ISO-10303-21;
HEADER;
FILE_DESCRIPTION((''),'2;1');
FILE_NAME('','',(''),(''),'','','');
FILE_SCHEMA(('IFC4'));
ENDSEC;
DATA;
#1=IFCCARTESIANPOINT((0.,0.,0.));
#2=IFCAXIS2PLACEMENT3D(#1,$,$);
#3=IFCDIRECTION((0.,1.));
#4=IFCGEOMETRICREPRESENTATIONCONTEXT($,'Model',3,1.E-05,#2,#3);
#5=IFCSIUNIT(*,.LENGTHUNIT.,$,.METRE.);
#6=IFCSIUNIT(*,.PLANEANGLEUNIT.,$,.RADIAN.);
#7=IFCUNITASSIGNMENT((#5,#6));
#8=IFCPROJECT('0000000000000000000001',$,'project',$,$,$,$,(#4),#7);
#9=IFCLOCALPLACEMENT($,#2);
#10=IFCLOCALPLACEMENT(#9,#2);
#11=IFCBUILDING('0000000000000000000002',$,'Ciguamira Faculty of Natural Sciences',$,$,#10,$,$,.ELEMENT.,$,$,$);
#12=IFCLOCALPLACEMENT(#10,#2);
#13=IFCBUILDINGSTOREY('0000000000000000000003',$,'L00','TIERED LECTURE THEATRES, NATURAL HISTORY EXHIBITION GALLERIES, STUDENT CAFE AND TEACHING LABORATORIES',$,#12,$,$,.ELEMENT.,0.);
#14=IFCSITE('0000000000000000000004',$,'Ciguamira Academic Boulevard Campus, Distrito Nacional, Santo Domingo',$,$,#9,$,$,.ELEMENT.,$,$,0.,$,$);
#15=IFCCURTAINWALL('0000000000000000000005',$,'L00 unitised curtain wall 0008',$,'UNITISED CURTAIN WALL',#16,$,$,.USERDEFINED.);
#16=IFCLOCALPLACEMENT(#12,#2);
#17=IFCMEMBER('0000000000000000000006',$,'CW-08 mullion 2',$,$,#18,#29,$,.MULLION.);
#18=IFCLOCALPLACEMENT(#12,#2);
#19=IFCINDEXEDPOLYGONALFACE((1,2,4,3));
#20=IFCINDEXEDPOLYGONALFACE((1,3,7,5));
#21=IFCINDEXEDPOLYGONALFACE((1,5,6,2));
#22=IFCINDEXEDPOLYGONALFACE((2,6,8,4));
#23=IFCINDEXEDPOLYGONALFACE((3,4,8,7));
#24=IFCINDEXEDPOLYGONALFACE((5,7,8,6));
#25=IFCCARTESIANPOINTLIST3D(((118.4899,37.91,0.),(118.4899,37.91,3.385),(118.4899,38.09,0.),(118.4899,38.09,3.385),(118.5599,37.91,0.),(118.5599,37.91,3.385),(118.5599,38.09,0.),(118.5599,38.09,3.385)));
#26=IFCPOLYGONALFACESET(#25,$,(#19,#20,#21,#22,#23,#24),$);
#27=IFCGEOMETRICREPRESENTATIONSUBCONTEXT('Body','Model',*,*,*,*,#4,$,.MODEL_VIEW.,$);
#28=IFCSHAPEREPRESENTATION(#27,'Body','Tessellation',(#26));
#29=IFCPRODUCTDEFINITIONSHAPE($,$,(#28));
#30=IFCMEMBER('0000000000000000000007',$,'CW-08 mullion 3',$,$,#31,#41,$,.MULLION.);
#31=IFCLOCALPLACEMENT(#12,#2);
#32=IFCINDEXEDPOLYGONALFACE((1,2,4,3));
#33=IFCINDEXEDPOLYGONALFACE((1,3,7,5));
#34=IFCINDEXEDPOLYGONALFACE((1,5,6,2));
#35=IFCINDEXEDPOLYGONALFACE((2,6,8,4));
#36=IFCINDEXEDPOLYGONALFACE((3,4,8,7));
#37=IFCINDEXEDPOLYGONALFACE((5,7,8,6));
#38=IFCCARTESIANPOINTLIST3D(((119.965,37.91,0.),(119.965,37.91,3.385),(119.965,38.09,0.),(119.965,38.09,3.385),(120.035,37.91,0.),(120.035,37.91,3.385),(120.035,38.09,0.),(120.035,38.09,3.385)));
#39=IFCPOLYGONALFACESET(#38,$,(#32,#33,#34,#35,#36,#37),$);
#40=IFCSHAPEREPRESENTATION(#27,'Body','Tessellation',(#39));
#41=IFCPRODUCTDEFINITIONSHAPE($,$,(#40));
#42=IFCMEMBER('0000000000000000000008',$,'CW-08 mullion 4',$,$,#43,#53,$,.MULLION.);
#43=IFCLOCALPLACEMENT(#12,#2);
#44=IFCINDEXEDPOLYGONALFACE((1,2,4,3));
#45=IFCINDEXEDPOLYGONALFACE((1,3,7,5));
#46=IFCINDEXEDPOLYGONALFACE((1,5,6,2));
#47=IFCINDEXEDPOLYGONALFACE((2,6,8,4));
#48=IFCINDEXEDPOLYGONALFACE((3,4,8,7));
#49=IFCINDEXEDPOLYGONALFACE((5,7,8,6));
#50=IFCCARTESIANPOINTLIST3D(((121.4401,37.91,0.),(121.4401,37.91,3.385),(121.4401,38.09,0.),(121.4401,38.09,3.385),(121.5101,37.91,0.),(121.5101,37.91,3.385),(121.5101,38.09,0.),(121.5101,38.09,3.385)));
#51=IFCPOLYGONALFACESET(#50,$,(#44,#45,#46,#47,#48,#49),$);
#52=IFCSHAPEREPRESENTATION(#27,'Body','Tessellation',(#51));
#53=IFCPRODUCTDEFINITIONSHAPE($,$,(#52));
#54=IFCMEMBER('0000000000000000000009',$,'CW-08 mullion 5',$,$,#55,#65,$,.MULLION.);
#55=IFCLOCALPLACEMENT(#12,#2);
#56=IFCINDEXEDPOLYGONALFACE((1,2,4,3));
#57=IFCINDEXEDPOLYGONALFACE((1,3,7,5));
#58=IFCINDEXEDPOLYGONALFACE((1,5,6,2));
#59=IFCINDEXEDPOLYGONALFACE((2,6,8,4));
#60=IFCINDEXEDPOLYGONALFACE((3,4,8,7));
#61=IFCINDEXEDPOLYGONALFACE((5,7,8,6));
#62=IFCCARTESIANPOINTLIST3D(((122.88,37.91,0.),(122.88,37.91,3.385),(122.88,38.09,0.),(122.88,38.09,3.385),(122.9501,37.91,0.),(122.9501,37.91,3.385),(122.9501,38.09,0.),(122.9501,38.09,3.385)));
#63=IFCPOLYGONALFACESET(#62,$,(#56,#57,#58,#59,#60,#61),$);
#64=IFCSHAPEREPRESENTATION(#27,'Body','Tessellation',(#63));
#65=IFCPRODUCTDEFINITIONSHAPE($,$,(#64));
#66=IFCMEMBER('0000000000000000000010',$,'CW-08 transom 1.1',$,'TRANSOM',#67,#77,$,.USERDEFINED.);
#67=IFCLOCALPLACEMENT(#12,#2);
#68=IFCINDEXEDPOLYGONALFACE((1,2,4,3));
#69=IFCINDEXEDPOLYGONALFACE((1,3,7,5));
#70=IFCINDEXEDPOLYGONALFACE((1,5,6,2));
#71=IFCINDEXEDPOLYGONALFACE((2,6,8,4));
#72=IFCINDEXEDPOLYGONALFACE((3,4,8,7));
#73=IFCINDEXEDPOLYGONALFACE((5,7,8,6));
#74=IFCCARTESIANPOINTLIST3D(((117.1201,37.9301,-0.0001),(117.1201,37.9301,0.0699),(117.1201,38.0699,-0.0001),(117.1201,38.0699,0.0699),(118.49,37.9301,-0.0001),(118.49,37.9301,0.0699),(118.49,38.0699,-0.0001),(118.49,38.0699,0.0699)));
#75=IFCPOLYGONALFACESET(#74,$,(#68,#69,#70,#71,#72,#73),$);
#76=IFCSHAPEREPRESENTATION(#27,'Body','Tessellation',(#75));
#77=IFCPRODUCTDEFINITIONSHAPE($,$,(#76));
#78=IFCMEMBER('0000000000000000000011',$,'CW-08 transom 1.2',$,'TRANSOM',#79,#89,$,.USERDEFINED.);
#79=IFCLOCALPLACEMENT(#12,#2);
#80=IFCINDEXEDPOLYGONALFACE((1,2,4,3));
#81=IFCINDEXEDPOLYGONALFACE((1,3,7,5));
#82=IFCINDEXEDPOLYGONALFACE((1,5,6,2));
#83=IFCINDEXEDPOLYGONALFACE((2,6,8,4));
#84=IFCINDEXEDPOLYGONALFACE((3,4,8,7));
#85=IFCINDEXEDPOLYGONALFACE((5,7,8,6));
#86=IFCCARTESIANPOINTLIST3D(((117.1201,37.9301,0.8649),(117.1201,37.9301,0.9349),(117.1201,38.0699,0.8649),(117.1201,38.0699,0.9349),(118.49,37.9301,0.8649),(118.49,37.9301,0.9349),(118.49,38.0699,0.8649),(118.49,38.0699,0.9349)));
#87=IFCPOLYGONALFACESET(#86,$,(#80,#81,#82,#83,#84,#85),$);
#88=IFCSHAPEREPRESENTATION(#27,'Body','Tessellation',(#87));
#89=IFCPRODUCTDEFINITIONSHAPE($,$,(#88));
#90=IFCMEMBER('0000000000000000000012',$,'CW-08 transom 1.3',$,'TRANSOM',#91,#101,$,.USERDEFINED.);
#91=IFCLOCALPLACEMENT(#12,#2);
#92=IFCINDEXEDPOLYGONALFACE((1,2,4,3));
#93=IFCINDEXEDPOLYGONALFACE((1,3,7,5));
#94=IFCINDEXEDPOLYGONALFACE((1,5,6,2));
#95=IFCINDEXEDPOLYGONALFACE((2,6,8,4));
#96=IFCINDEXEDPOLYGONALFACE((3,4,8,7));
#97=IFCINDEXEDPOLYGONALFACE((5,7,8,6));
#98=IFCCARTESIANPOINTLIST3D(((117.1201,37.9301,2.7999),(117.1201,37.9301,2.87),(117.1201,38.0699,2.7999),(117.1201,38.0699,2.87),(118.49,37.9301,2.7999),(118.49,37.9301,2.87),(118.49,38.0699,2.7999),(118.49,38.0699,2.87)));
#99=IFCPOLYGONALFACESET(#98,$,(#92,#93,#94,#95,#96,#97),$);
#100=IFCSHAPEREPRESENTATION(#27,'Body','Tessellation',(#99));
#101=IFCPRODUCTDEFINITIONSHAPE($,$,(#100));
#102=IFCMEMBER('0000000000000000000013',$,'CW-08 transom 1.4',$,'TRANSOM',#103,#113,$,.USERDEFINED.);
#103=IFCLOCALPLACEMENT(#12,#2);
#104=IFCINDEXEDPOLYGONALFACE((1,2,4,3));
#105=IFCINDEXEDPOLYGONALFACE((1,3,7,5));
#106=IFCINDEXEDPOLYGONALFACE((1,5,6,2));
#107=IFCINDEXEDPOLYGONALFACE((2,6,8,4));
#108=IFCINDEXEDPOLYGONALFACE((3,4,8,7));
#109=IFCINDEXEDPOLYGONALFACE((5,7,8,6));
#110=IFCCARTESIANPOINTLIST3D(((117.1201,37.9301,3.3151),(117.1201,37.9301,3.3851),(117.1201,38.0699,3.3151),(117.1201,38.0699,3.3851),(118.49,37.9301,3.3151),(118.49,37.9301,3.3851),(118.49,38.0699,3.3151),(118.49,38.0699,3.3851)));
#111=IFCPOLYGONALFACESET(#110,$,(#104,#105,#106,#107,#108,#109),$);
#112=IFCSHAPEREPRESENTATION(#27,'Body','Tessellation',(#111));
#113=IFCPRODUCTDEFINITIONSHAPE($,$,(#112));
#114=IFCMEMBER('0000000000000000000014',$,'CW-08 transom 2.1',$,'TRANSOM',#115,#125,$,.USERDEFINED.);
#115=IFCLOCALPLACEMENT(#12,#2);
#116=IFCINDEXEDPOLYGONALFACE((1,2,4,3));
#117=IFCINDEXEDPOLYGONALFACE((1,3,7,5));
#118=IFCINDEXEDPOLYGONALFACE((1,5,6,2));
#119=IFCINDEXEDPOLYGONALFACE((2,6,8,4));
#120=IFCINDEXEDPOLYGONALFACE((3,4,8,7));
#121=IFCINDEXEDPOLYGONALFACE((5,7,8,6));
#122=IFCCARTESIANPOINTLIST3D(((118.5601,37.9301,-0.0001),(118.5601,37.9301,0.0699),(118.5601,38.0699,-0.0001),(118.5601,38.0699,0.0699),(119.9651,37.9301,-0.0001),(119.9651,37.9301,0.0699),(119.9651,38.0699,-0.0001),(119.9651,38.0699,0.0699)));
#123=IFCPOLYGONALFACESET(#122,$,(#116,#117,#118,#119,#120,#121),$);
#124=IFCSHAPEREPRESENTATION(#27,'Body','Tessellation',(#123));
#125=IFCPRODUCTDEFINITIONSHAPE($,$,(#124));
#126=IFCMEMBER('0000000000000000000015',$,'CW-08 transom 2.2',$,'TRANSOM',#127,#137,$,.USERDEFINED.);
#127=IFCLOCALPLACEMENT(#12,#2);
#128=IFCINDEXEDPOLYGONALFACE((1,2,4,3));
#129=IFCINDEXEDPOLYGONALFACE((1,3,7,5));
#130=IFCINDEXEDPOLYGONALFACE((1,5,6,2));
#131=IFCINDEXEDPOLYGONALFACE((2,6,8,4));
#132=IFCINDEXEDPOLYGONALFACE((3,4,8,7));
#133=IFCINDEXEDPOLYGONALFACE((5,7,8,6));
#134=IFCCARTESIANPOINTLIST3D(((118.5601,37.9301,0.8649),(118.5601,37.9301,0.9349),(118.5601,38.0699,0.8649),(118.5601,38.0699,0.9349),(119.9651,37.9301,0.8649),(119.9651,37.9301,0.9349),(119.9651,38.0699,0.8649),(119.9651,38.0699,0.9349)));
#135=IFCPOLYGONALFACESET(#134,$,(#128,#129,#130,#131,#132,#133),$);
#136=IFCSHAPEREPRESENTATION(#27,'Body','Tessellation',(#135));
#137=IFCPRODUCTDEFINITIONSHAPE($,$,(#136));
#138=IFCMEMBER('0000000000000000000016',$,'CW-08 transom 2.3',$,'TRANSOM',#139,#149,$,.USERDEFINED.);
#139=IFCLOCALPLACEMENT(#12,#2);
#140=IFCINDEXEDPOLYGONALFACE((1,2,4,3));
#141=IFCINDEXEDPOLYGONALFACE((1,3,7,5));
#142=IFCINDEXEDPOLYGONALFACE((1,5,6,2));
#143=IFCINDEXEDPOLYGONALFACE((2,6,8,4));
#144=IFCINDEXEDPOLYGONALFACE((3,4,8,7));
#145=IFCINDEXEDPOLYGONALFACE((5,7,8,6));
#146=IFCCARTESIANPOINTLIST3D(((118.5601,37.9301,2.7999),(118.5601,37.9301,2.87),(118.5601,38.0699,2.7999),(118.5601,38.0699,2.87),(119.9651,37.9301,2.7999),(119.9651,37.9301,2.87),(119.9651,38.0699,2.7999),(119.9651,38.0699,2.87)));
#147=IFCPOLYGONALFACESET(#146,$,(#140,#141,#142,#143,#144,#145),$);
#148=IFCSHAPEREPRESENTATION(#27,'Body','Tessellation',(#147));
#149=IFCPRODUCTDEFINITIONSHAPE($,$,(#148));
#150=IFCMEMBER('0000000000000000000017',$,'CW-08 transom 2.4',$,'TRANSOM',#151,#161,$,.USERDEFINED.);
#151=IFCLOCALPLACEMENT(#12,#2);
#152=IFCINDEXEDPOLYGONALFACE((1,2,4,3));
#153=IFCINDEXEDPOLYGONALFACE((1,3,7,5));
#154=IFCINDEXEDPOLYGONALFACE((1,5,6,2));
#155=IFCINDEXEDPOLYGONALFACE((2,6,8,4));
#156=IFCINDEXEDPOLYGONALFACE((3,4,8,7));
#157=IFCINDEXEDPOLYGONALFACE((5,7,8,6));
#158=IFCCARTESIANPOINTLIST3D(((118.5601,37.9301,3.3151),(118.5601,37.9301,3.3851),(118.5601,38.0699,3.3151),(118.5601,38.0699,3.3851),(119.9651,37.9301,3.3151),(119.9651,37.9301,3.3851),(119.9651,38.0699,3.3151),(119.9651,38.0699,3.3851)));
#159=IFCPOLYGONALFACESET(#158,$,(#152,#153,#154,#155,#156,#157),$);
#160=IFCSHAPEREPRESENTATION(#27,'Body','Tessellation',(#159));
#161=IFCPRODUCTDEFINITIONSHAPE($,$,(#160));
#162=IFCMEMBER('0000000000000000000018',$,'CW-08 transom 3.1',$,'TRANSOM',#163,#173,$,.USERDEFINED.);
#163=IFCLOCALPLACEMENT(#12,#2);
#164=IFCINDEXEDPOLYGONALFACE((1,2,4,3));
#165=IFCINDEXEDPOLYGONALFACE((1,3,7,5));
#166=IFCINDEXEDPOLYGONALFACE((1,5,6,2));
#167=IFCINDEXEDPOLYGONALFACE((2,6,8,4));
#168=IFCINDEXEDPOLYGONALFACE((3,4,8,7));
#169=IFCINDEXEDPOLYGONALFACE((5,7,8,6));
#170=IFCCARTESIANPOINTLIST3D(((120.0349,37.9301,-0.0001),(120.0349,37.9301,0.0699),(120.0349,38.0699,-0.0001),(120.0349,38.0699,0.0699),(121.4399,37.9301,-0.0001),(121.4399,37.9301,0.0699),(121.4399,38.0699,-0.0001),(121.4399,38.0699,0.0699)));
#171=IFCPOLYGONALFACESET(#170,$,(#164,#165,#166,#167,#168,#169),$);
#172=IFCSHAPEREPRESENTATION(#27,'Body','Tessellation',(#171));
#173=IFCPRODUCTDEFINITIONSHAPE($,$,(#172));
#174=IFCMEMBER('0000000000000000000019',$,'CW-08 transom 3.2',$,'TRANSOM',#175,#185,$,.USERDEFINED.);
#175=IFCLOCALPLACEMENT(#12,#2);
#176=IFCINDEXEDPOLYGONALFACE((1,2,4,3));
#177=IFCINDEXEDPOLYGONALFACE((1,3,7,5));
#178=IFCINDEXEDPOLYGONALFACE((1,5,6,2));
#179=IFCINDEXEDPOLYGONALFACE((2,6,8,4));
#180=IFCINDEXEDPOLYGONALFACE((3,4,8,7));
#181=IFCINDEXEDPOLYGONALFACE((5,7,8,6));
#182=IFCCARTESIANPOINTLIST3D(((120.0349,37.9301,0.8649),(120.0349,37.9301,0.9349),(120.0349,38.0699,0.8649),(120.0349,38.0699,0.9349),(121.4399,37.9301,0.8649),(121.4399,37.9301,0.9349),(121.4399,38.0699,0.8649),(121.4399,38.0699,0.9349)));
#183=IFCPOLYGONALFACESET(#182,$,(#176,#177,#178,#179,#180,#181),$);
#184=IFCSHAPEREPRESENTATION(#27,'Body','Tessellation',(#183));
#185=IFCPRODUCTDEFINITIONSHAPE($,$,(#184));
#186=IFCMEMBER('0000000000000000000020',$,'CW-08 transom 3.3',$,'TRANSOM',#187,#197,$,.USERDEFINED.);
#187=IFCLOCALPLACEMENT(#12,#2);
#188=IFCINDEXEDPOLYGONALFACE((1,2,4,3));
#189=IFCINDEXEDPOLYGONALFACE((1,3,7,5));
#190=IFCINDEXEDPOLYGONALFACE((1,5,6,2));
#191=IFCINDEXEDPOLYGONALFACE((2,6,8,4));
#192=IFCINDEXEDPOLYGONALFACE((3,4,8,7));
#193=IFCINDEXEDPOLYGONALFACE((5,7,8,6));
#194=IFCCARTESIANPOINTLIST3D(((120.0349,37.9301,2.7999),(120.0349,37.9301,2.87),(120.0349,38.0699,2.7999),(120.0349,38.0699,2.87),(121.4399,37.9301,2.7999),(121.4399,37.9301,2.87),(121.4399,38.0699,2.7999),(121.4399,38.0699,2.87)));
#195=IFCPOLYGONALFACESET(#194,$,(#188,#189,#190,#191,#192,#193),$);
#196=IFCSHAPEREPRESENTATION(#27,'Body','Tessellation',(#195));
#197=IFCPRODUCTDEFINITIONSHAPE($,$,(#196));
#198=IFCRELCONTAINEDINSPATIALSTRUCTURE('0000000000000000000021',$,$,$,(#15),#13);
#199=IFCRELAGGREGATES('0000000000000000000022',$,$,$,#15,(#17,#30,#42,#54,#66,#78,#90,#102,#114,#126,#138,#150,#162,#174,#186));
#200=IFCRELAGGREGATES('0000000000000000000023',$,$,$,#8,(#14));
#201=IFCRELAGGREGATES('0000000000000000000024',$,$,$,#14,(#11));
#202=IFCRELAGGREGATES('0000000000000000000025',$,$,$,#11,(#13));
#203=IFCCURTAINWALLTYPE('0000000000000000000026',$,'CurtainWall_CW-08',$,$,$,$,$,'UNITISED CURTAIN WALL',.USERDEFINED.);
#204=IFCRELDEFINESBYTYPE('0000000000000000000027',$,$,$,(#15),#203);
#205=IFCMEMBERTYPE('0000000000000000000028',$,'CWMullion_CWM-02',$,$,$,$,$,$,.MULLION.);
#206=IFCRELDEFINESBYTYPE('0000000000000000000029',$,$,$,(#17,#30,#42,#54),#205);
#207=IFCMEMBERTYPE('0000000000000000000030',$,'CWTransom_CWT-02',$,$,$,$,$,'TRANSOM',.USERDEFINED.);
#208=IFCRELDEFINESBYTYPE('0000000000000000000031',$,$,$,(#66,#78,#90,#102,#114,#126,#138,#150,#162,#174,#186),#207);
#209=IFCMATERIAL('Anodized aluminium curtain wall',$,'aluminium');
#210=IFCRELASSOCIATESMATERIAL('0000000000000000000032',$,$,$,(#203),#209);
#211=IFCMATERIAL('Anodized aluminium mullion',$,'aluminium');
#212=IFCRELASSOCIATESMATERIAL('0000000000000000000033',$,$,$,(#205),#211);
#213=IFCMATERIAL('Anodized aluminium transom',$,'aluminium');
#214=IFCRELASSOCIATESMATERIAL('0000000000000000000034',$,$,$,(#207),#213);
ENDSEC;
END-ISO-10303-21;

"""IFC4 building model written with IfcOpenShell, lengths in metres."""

from ifc_helpers import new_model, si_unit, direction, frame, origin, origin_2d, place, context, subcontext, project, spatial, rectangle, extrude, material, material_profile, profile_set, type_object, element, aggregate, save


model = new_model("IFC4")

# Units and contexts
model_context = context("Model", 3, precision=1e-05, world=origin(), true_north=direction((0.0, 1.0)))
body_context = subcontext(model_context, "Body", "Model", "MODEL_VIEW")
ifc_project = project(units=[si_unit("LENGTHUNIT", "METRE"), si_unit("PLANEANGLEUNIT", "RADIAN")], contexts=[model_context])

# Site, building, storey
site_placement = place(None, origin())
site = spatial("IfcSite", under=ifc_project, at=site_placement, Name="Ciguamira Academic Boulevard Campus, Distrito Nacional, Santo Domingo", CompositionType="ELEMENT", RefElevation=0.0)
building_placement = place(site_placement, origin())
building = spatial("IfcBuilding", under=site, at=building_placement, Name="Ciguamira Faculty of Natural Sciences", CompositionType="ELEMENT")
storey_placement = place(building_placement, origin())
storey = spatial("IfcBuildingStorey", under=building, at=storey_placement, Name="L00", Description="TIERED LECTURE THEATRES, NATURAL HISTORY EXHIBITION GALLERIES, STUDENT CAFE AND TEACHING LABORATORIES", CompositionType="ELEMENT", Elevation=0.0)

# Curtain wall, members
ifc_material_1 = material(Name="Anodized aluminium curtain wall", Category="aluminium")
curtain_wall_type_1 = type_object("IfcCurtainWallType", Name="CurtainWall_CW-08", ElementType="UNITISED CURTAIN WALL", PredefinedType="USERDEFINED", material=ifc_material_1)
curtain_wall_1_placement = place(storey_placement, origin())
curtain_wall_1 = element("IfcCurtainWall", 1, at=curtain_wall_1_placement, inside=storey, type_object=curtain_wall_type_1, Name="L00 unitised curtain wall 0008", ObjectType="UNITISED CURTAIN WALL", PredefinedType="USERDEFINED")
ifc_material_2 = material(Name="Anodized aluminium mullion", Category="aluminium")
ifc_material_profile_1 = material_profile(ifc_material_2, rectangle(XDim=0.0701, YDim=0.1799, at=origin_2d()), Name="ALU-MUL-70X180")
ifc_profile_set_1 = profile_set([ifc_material_profile_1], Name="Anodized aluminium mullion")
member_type_1 = type_object("IfcMemberType", Name="CWMullion_CWM-02", PredefinedType="MULLION", material=ifc_profile_set_1)
member_1_placement = place(storey_placement, frame((118.5249, 38.0, 0.0), z_axis=(0.0, 0.0, 1.0), x_axis=(1.0, 0.0, 0.0)))
member_1 = element("IfcMember", 2, at=member_1_placement, type_object=member_type_1, Name="CW-08 mullion 2", PredefinedType="MULLION", context=body_context, shape_type="SweptSolid", body=[
    extrude(rectangle(XDim=0.0701, YDim=0.1799, at=origin_2d()), origin(), (0.0, 0.0, 1.0), 3.385),
])
member_2_placement = place(storey_placement, frame((120.0, 38.0, 0.0), z_axis=(0.0, 0.0, 1.0), x_axis=(1.0, 0.0, 0.0)))
member_2 = element("IfcMember", 3, at=member_2_placement, type_object=member_type_1, Name="CW-08 mullion 3", PredefinedType="MULLION", context=body_context, shape_type="SweptSolid", body=[
    extrude(rectangle(XDim=0.0701, YDim=0.1799, at=origin_2d()), origin(), (0.0, 0.0, 1.0), 3.385),
])
member_3_placement = place(storey_placement, frame((121.4751, 38.0, 0.0), z_axis=(0.0, 0.0, 1.0), x_axis=(1.0, 0.0, 0.0)))
member_3 = element("IfcMember", 4, at=member_3_placement, type_object=member_type_1, Name="CW-08 mullion 4", PredefinedType="MULLION", context=body_context, shape_type="SweptSolid", body=[
    extrude(rectangle(XDim=0.0701, YDim=0.1799, at=origin_2d()), origin(), (0.0, 0.0, 1.0), 3.385),
])
member_4_placement = place(storey_placement, frame((122.915, 38.0, 0.0), z_axis=(0.0, 0.0, 1.0), x_axis=(1.0, 0.0, 0.0)))
member_4 = element("IfcMember", 5, at=member_4_placement, type_object=member_type_1, Name="CW-08 mullion 5", PredefinedType="MULLION", context=body_context, shape_type="SweptSolid", body=[
    extrude(rectangle(XDim=0.0701, YDim=0.1799, at=origin_2d()), origin(), (0.0, 0.0, 1.0), 3.385),
])
ifc_material_3 = material(Name="Anodized aluminium transom", Category="aluminium")
ifc_material_profile_2 = material_profile(ifc_material_3, rectangle(XDim=0.0701, YDim=0.1399, at=origin_2d()), Name="ALU-TRN-70X140")
ifc_profile_set_2 = profile_set([ifc_material_profile_2], Name="Anodized aluminium transom")
member_type_2 = type_object("IfcMemberType", Name="CWTransom_CWT-02", ElementType="TRANSOM", PredefinedType="USERDEFINED", material=ifc_profile_set_2)
member_5_placement = place(storey_placement, frame((117.1201, 38.0, 0.0349), z_axis=(1.0, 0.0, 0.0), x_axis=(0.0, 0.0, 1.0)))
member_5 = element("IfcMember", 6, at=member_5_placement, type_object=member_type_2, Name="CW-08 transom 1.1", ObjectType="TRANSOM", PredefinedType="USERDEFINED", context=body_context, shape_type="SweptSolid", body=[
    extrude(rectangle(XDim=0.0701, YDim=0.1399, at=origin_2d()), origin(), (0.0, 0.0, 1.0), 1.3699),
])
member_6_placement = place(storey_placement, frame((117.1201, 38.0, 0.8999), z_axis=(1.0, 0.0, 0.0), x_axis=(0.0, 0.0, 1.0)))
member_6 = element("IfcMember", 7, at=member_6_placement, type_object=member_type_2, Name="CW-08 transom 1.2", ObjectType="TRANSOM", PredefinedType="USERDEFINED", context=body_context, shape_type="SweptSolid", body=[
    extrude(rectangle(XDim=0.0701, YDim=0.1399, at=origin_2d()), origin(), (0.0, 0.0, 1.0), 1.3699),
])
member_7_placement = place(storey_placement, frame((117.1201, 38.0, 2.835), z_axis=(1.0, 0.0, 0.0), x_axis=(0.0, 0.0, 1.0)))
member_7 = element("IfcMember", 8, at=member_7_placement, type_object=member_type_2, Name="CW-08 transom 1.3", ObjectType="TRANSOM", PredefinedType="USERDEFINED", context=body_context, shape_type="SweptSolid", body=[
    extrude(rectangle(XDim=0.0701, YDim=0.1399, at=origin_2d()), origin(), (0.0, 0.0, 1.0), 1.3699),
])
member_8_placement = place(storey_placement, frame((117.1201, 38.0, 3.3501), z_axis=(1.0, 0.0, 0.0), x_axis=(0.0, 0.0, 1.0)))
member_8 = element("IfcMember", 9, at=member_8_placement, type_object=member_type_2, Name="CW-08 transom 1.4", ObjectType="TRANSOM", PredefinedType="USERDEFINED", context=body_context, shape_type="SweptSolid", body=[
    extrude(rectangle(XDim=0.0701, YDim=0.1399, at=origin_2d()), origin(), (0.0, 0.0, 1.0), 1.3699),
])
member_9_placement = place(storey_placement, frame((118.5601, 38.0, 0.0349), z_axis=(1.0, 0.0, 0.0), x_axis=(0.0, 0.0, 1.0)))
member_9 = element("IfcMember", 10, at=member_9_placement, type_object=member_type_2, Name="CW-08 transom 2.1", ObjectType="TRANSOM", PredefinedType="USERDEFINED", context=body_context, shape_type="SweptSolid", body=[
    extrude(rectangle(XDim=0.0701, YDim=0.1399, at=origin_2d()), origin(), (0.0, 0.0, 1.0), 1.405),
])
member_10_placement = place(storey_placement, frame((118.5601, 38.0, 0.8999), z_axis=(1.0, 0.0, 0.0), x_axis=(0.0, 0.0, 1.0)))
member_10 = element("IfcMember", 11, at=member_10_placement, type_object=member_type_2, Name="CW-08 transom 2.2", ObjectType="TRANSOM", PredefinedType="USERDEFINED", context=body_context, shape_type="SweptSolid", body=[
    extrude(rectangle(XDim=0.0701, YDim=0.1399, at=origin_2d()), origin(), (0.0, 0.0, 1.0), 1.405),
])
member_11_placement = place(storey_placement, frame((118.5601, 38.0, 2.835), z_axis=(1.0, 0.0, 0.0), x_axis=(0.0, 0.0, 1.0)))
member_11 = element("IfcMember", 12, at=member_11_placement, type_object=member_type_2, Name="CW-08 transom 2.3", ObjectType="TRANSOM", PredefinedType="USERDEFINED", context=body_context, shape_type="SweptSolid", body=[
    extrude(rectangle(XDim=0.0701, YDim=0.1399, at=origin_2d()), origin(), (0.0, 0.0, 1.0), 1.405),
])
member_12_placement = place(storey_placement, frame((118.5601, 38.0, 3.3501), z_axis=(1.0, 0.0, 0.0), x_axis=(0.0, 0.0, 1.0)))
member_12 = element("IfcMember", 13, at=member_12_placement, type_object=member_type_2, Name="CW-08 transom 2.4", ObjectType="TRANSOM", PredefinedType="USERDEFINED", context=body_context, shape_type="SweptSolid", body=[
    extrude(rectangle(XDim=0.0701, YDim=0.1399, at=origin_2d()), origin(), (0.0, 0.0, 1.0), 1.405),
])
member_13_placement = place(storey_placement, frame((120.0349, 38.0, 0.0349), z_axis=(1.0, 0.0, 0.0), x_axis=(0.0, 0.0, 1.0)))
member_13 = element("IfcMember", 14, at=member_13_placement, type_object=member_type_2, Name="CW-08 transom 3.1", ObjectType="TRANSOM", PredefinedType="USERDEFINED", context=body_context, shape_type="SweptSolid", body=[
    extrude(rectangle(XDim=0.0701, YDim=0.1399, at=origin_2d()), origin(), (0.0, 0.0, 1.0), 1.405),
])
member_14_placement = place(storey_placement, frame((120.0349, 38.0, 0.8999), z_axis=(1.0, 0.0, 0.0), x_axis=(0.0, 0.0, 1.0)))
member_14 = element("IfcMember", 15, at=member_14_placement, type_object=member_type_2, Name="CW-08 transom 3.2", ObjectType="TRANSOM", PredefinedType="USERDEFINED", context=body_context, shape_type="SweptSolid", body=[
    extrude(rectangle(XDim=0.0701, YDim=0.1399, at=origin_2d()), origin(), (0.0, 0.0, 1.0), 1.405),
])
member_15_placement = place(storey_placement, frame((120.0349, 38.0, 2.835), z_axis=(1.0, 0.0, 0.0), x_axis=(0.0, 0.0, 1.0)))
member_15 = element("IfcMember", 16, at=member_15_placement, type_object=member_type_2, Name="CW-08 transom 3.3", ObjectType="TRANSOM", PredefinedType="USERDEFINED", context=body_context, shape_type="SweptSolid", body=[
    extrude(rectangle(XDim=0.0701, YDim=0.1399, at=origin_2d()), origin(), (0.0, 0.0, 1.0), 1.405),
])

aggregate(curtain_wall_1, [member_1, member_2, member_3, member_4, member_5, member_6, member_7, member_8, member_9, member_10, member_11, member_12, member_13, member_14, member_15])

save(model, "model.ifc")
